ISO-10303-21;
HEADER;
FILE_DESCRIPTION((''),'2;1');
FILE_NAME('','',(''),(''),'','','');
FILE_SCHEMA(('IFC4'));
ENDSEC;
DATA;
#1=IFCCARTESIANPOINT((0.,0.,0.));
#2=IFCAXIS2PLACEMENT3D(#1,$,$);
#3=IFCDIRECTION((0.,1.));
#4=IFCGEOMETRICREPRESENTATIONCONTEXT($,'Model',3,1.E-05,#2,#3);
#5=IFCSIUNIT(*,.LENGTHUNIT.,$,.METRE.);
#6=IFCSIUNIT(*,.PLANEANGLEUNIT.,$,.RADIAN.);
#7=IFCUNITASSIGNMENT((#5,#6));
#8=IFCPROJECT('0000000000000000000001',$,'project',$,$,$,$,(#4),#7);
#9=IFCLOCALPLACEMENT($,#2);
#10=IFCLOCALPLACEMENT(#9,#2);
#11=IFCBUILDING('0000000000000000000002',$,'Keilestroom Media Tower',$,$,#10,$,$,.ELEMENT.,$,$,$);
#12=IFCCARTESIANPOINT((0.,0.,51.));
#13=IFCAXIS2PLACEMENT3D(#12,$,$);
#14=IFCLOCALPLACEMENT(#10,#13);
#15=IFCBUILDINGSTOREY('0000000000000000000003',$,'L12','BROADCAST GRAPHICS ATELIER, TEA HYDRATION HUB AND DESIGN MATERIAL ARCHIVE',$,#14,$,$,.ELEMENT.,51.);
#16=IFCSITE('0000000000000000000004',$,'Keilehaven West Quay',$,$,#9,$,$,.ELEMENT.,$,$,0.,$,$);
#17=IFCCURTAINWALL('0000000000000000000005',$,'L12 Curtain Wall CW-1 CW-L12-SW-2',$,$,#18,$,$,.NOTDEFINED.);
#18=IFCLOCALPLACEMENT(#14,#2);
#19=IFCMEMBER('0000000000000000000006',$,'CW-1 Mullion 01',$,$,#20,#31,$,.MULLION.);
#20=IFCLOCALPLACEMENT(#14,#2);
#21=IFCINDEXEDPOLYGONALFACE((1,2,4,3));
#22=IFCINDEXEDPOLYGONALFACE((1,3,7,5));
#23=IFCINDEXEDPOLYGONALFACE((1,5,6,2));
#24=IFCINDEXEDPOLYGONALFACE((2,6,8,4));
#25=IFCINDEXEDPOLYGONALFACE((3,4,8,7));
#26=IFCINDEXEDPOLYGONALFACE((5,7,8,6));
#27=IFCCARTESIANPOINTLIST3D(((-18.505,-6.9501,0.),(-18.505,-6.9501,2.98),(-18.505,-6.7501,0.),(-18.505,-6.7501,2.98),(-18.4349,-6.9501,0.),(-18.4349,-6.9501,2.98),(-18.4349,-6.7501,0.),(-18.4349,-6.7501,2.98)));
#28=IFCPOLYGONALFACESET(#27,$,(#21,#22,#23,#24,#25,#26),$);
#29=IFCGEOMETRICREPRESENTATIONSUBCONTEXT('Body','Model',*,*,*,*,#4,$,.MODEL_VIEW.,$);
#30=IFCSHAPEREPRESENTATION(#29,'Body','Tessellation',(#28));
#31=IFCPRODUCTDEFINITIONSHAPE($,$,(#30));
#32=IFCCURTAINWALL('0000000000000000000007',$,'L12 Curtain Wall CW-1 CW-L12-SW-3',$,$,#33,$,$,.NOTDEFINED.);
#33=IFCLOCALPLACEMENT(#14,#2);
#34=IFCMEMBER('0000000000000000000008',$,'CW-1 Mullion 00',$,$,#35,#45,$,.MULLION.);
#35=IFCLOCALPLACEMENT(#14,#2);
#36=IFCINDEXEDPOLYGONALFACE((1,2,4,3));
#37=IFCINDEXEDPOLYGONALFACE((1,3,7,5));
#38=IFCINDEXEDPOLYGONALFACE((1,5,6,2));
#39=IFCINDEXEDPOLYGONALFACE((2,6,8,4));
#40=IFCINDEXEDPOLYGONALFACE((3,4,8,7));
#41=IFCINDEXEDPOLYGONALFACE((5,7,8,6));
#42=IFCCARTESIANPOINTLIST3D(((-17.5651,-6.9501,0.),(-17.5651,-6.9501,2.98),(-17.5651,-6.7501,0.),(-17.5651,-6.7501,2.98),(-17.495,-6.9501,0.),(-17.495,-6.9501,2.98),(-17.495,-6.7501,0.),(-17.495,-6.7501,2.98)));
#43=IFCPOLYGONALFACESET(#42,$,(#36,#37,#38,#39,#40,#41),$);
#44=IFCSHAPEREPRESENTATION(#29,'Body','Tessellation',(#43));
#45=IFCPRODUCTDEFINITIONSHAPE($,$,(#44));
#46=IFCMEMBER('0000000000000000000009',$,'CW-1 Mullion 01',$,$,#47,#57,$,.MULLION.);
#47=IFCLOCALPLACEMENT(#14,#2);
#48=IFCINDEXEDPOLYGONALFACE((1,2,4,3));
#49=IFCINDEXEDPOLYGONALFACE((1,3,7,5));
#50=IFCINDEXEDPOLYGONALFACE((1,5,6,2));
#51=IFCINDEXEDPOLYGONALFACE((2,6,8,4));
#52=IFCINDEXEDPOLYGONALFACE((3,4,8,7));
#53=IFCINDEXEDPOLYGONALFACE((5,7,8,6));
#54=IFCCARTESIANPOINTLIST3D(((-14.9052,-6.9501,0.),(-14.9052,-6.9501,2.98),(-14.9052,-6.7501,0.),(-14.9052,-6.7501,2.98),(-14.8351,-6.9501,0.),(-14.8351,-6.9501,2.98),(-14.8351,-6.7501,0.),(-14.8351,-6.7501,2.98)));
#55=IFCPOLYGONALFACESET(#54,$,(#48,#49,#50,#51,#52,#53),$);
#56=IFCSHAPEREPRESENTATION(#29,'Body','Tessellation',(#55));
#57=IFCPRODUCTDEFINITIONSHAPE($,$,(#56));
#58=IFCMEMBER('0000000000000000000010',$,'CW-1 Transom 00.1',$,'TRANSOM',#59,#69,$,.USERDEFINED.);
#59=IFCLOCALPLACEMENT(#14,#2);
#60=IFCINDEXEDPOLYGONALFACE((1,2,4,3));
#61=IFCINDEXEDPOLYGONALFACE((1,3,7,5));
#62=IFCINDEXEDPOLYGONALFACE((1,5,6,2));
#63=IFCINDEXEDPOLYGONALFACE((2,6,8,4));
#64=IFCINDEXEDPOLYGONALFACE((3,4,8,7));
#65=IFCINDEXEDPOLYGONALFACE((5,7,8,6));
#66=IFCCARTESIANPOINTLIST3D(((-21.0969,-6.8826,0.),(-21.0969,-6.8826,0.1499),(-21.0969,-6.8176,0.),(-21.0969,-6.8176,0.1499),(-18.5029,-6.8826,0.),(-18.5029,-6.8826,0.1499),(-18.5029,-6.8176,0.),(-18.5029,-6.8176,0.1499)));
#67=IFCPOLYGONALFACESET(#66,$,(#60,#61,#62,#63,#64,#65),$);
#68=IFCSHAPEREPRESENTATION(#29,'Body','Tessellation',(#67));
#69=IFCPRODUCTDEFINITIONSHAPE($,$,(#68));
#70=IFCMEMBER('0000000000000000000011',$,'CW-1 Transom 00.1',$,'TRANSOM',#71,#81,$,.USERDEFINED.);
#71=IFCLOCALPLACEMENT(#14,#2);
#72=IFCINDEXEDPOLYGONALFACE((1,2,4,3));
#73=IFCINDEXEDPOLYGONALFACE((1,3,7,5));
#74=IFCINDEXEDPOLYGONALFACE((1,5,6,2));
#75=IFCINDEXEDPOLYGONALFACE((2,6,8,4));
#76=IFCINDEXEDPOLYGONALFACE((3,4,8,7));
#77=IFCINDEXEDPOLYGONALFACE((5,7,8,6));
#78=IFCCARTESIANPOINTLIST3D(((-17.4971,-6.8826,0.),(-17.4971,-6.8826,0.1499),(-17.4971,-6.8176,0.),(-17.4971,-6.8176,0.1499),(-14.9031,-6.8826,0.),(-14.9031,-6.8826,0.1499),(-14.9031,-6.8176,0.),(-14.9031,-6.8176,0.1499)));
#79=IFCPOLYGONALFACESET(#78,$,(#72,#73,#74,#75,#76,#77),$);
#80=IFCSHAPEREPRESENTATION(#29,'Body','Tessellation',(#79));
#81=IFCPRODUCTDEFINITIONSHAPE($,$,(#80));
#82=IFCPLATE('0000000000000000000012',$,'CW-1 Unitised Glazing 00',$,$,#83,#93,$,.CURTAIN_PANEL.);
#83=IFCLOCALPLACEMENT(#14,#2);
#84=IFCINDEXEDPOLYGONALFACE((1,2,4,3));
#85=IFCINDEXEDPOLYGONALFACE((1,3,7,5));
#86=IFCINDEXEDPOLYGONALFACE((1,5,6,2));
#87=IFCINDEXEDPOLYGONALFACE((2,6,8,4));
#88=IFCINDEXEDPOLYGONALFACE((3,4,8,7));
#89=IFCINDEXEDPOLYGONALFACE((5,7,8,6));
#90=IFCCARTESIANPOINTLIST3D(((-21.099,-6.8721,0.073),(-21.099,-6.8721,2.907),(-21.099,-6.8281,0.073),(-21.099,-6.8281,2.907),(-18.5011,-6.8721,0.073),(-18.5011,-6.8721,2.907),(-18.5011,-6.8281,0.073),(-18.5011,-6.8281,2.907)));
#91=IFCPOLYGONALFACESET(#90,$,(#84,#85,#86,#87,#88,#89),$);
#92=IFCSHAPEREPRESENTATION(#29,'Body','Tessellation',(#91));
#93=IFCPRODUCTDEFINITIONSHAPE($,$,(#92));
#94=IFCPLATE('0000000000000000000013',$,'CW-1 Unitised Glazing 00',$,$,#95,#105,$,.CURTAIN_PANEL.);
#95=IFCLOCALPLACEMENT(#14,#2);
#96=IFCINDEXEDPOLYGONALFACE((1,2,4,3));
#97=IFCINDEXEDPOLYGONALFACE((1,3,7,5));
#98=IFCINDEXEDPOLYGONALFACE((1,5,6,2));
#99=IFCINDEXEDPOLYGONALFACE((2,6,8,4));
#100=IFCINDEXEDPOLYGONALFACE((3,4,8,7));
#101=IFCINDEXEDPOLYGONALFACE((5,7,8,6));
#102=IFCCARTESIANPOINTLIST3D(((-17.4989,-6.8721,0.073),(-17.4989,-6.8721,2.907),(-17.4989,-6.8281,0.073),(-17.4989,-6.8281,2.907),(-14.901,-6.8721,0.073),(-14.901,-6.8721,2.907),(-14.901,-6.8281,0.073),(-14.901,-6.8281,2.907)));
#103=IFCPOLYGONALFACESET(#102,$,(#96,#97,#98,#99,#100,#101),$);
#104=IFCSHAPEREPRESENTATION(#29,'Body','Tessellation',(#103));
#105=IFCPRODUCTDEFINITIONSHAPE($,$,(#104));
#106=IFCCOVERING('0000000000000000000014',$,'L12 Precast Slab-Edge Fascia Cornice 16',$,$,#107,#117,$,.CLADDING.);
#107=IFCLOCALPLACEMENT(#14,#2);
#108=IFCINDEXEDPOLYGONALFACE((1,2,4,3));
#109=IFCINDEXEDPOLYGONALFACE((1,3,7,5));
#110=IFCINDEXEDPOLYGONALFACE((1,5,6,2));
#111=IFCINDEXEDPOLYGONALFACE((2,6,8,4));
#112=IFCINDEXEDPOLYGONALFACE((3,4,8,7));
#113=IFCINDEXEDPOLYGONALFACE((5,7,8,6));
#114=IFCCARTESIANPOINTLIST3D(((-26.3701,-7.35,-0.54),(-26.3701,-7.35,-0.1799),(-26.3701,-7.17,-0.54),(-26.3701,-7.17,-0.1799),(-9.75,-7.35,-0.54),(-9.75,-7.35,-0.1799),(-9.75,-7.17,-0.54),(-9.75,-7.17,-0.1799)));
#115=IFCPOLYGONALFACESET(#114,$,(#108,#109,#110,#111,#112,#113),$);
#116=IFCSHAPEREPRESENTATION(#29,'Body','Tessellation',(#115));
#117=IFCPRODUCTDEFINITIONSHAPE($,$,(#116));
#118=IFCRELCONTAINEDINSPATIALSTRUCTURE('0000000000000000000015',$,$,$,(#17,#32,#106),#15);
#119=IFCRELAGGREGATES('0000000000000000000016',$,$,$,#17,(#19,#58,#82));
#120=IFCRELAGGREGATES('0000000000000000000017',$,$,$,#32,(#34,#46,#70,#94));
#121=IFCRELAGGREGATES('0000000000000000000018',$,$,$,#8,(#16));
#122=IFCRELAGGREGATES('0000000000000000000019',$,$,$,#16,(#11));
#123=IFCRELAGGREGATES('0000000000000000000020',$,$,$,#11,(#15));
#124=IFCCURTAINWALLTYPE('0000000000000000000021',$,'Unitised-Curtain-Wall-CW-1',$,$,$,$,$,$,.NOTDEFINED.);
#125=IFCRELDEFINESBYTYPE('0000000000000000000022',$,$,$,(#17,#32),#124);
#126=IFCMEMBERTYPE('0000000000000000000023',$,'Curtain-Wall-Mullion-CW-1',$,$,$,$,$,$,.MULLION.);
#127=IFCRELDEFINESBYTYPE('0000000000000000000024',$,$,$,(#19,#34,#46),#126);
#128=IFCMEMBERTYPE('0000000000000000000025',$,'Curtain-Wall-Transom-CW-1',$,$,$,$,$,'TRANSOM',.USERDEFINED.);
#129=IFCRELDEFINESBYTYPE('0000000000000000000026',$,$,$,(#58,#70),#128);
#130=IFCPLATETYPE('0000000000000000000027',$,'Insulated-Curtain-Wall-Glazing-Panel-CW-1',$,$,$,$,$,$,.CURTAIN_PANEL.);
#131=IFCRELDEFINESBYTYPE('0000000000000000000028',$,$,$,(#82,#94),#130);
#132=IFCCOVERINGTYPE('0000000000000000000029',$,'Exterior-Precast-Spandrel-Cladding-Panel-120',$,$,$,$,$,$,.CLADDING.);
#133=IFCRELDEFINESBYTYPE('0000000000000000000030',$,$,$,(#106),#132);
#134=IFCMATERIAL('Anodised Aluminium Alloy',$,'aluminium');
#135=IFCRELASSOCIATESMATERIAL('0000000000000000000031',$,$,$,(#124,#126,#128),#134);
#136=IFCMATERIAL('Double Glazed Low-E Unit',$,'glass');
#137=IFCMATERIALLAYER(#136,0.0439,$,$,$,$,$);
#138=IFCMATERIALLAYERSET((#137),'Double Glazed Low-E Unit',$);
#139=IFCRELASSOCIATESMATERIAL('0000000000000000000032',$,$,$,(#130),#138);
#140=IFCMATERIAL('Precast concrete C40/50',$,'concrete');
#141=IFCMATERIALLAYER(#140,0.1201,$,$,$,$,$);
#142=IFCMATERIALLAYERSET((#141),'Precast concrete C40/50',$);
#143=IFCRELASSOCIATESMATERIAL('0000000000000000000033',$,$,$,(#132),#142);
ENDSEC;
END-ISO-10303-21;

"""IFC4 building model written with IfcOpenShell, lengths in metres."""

from ifc_helpers import new_model, si_unit, direction, frame, origin, origin_2d, place, context, subcontext, project, spatial, rectangle, extrude, source, transform, mapped, material, layer, layer_set, material_profile, profile_set, type_object, element, aggregate, save


model = new_model("IFC4")

# Units and contexts
model_context = context("Model", 3, precision=1e-05, world=origin(), true_north=direction((0.0, 1.0)))
body_context = subcontext(model_context, "Body", "Model", "MODEL_VIEW")
ifc_project = project(units=[si_unit("LENGTHUNIT", "METRE"), si_unit("PLANEANGLEUNIT", "RADIAN")], contexts=[model_context])

# Site, building, storey
site_placement = place(None, origin())
site = spatial("IfcSite", under=ifc_project, at=site_placement, Name="Keilehaven West Quay", CompositionType="ELEMENT", RefElevation=0.0)
building_placement = place(site_placement, origin())
building = spatial("IfcBuilding", under=site, at=building_placement, Name="Keilestroom Media Tower", CompositionType="ELEMENT")
storey_placement = place(building_placement, frame((0.0, 0.0, 51.0)))
storey = spatial("IfcBuildingStorey", under=building, at=storey_placement, Name="L12", Description="BROADCAST GRAPHICS ATELIER, TEA HYDRATION HUB AND DESIGN MATERIAL ARCHIVE", CompositionType="ELEMENT", Elevation=51.0)

# Shared definitions
ifc_material_1 = material(Name="Precast concrete C40/50", Category="concrete")

# Shared definitions
ifc_material_2 = material(Name="Anodised Aluminium Alloy", Category="aluminium")
curtain_wall_type = type_object("IfcCurtainWallType", Name="Unitised-Curtain-Wall-CW-1", PredefinedType="NOTDEFINED", material=ifc_material_2)
ifc_material_profile_1 = material_profile(ifc_material_2, rectangle(XDim=0.0701, YDim=0.2, at=origin_2d()), Name="ALU MULLION 70x200")
ifc_profile_set_1 = profile_set([ifc_material_profile_1], Name="Anodised Aluminium Alloy")
member_type_1 = type_object("IfcMemberType", Name="Curtain-Wall-Mullion-CW-1", PredefinedType="MULLION", material=ifc_profile_set_1)
shared_shape_1 = source(origin(), body_context, "Body", "SweptSolid", [
    extrude(rectangle(XDim=0.0701, YDim=0.2, at=origin_2d()), origin(), (0.0, 0.0, 1.0), 2.98),
])

# Curtain walls, members
curtain_wall_1_placement = place(storey_placement, origin())
curtain_wall_1 = element("IfcCurtainWall", 1, at=curtain_wall_1_placement, inside=storey, type_object=curtain_wall_type, Name="L12 Curtain Wall CW-1 CW-L12-SW-2", PredefinedType="NOTDEFINED")
member_1_placement = place(storey_placement, frame((-18.47, -6.8501, 0.0), z_axis=(0.0, 0.0, 1.0), x_axis=(1.0, 0.0, 0.0)))
member_1 = element("IfcMember", 2, at=member_1_placement, type_object=member_type_1, Name="CW-1 Mullion 01", PredefinedType="MULLION", context=body_context, shape_type="MappedRepresentation", body=[
    mapped(shared_shape_1, transform((0.0, 0.0, 0.0), x_axis=(1.0, 0.0, 0.0), y_axis=(0.0, 1.0, 0.0), z_axis=(0.0, 0.0, 1.0), scale=1.0)),
])
curtain_wall_2_placement = place(storey_placement, origin())
curtain_wall_2 = element("IfcCurtainWall", 3, at=curtain_wall_2_placement, inside=storey, type_object=curtain_wall_type, Name="L12 Curtain Wall CW-1 CW-L12-SW-3", PredefinedType="NOTDEFINED")
member_2_placement = place(storey_placement, frame((-17.53, -6.8501, 0.0), z_axis=(0.0, 0.0, 1.0), x_axis=(1.0, 0.0, 0.0)))
member_2 = element("IfcMember", 4, at=member_2_placement, type_object=member_type_1, Name="CW-1 Mullion 00", PredefinedType="MULLION", context=body_context, shape_type="MappedRepresentation", body=[
    mapped(shared_shape_1, transform((0.0, 0.0, 0.0), x_axis=(1.0, 0.0, 0.0), y_axis=(0.0, 1.0, 0.0), z_axis=(0.0, 0.0, 1.0), scale=1.0)),
])
member_3_placement = place(storey_placement, frame((-14.8701, -6.8501, 0.0), z_axis=(0.0, 0.0, 1.0), x_axis=(1.0, 0.0, 0.0)))
member_3 = element("IfcMember", 5, at=member_3_placement, type_object=member_type_1, Name="CW-1 Mullion 01", PredefinedType="MULLION", context=body_context, shape_type="MappedRepresentation", body=[
    mapped(shared_shape_1, transform((0.0, 0.0, 0.0), x_axis=(1.0, 0.0, 0.0), y_axis=(0.0, 1.0, 0.0), z_axis=(0.0, 0.0, 1.0), scale=1.0)),
])

# Members
ifc_material_profile_2 = material_profile(ifc_material_2, rectangle(XDim=0.0649, YDim=0.1499, at=origin_2d()), Name="ALU TRANSOM 65x150")
ifc_profile_set_2 = profile_set([ifc_material_profile_2], Name="Anodised Aluminium Alloy")
member_type_2 = type_object("IfcMemberType", Name="Curtain-Wall-Transom-CW-1", ElementType="TRANSOM", PredefinedType="USERDEFINED", material=ifc_profile_set_2)
shared_shape_2 = source(origin(), body_context, "Body", "SweptSolid", [
    extrude(rectangle(XDim=0.0649, YDim=0.1499, at=origin_2d()), origin(), (0.0, 0.0, 1.0), 2.594),
])
member_4_placement = place(storey_placement, frame((-21.0969, -6.8501, 0.075), z_axis=(1.0, 0.0, 0.0), x_axis=(0.0, 1.0, 0.0)))
member_4 = element("IfcMember", 6, at=member_4_placement, type_object=member_type_2, Name="CW-1 Transom 00.1", ObjectType="TRANSOM", PredefinedType="USERDEFINED", context=body_context, shape_type="MappedRepresentation", body=[
    mapped(shared_shape_2, transform((0.0, 0.0, 0.0), x_axis=(1.0, 0.0, 0.0), y_axis=(0.0, 1.0, 0.0), z_axis=(0.0, 0.0, 1.0), scale=1.0)),
])
member_5_placement = place(storey_placement, frame((-17.4971, -6.8501, 0.075), z_axis=(1.0, 0.0, 0.0), x_axis=(0.0, 1.0, 0.0)))
member_5 = element("IfcMember", 7, at=member_5_placement, type_object=member_type_2, Name="CW-1 Transom 00.1", ObjectType="TRANSOM", PredefinedType="USERDEFINED", context=body_context, shape_type="MappedRepresentation", body=[
    mapped(shared_shape_2, transform((0.0, 0.0, 0.0), x_axis=(1.0, 0.0, 0.0), y_axis=(0.0, 1.0, 0.0), z_axis=(0.0, 0.0, 1.0), scale=1.0)),
])

# Plates
ifc_material_3 = material(Name="Double Glazed Low-E Unit", Category="glass")
ifc_layer_1 = layer(ifc_material_3, 0.0439)
ifc_layer_set_1 = layer_set([ifc_layer_1], Name="Double Glazed Low-E Unit")
plate_type = type_object("IfcPlateType", Name="Insulated-Curtain-Wall-Glazing-Panel-CW-1", PredefinedType="CURTAIN_PANEL", material=ifc_layer_set_1)
shared_shape_3 = source(origin(), body_context, "Body", "SweptSolid", [
    extrude(rectangle(XDim=2.5979, YDim=0.0439, at=origin_2d()), origin(), (0.0, 0.0, 1.0), 2.834),
])
plate_1_placement = place(storey_placement, frame((-19.8, -6.8501, 0.073), z_axis=(0.0, 0.0, 1.0), x_axis=(1.0, 0.0, 0.0)))
plate_1 = element("IfcPlate", 8, at=plate_1_placement, type_object=plate_type, Name="CW-1 Unitised Glazing 00", PredefinedType="CURTAIN_PANEL", context=body_context, shape_type="MappedRepresentation", body=[
    mapped(shared_shape_3, transform((0.0, 0.0, 0.0), x_axis=(1.0, 0.0, 0.0), y_axis=(0.0, 1.0, 0.0), z_axis=(0.0, 0.0, 1.0), scale=1.0)),
])
aggregate(curtain_wall_1, [member_1, member_4, plate_1])
plate_2_placement = place(storey_placement, frame((-16.2, -6.8501, 0.073), z_axis=(0.0, 0.0, 1.0), x_axis=(1.0, 0.0, 0.0)))
plate_2 = element("IfcPlate", 9, at=plate_2_placement, type_object=plate_type, Name="CW-1 Unitised Glazing 00", PredefinedType="CURTAIN_PANEL", context=body_context, shape_type="MappedRepresentation", body=[
    mapped(shared_shape_3, transform((0.0, 0.0, 0.0), x_axis=(1.0, 0.0, 0.0), y_axis=(0.0, 1.0, 0.0), z_axis=(0.0, 0.0, 1.0), scale=1.0)),
])
aggregate(curtain_wall_2, [member_2, member_3, member_5, plate_2])

# Covering
ifc_layer_2 = layer(ifc_material_1, 0.1201)
ifc_layer_set_2 = layer_set([ifc_layer_2], Name="Precast concrete C40/50")
covering_type = type_object("IfcCoveringType", Name="Exterior-Precast-Spandrel-Cladding-Panel-120", PredefinedType="CLADDING", material=ifc_layer_set_2)
shared_shape_4 = source(origin(), body_context, "Body", "SweptSolid", [
    extrude(rectangle(XDim=16.6201, YDim=0.1799, at=origin_2d()), origin(), (0.0, 0.0, 1.0), 0.3601),
])
covering_placement = place(storey_placement, frame((-18.0601, -7.26, -0.54), z_axis=(0.0, 0.0, 1.0), x_axis=(-1.0, 0.0, 0.0)))
element("IfcCovering", 10, at=covering_placement, inside=storey, type_object=covering_type, Name="L12 Precast Slab-Edge Fascia Cornice 16", PredefinedType="CLADDING", context=body_context, shape_type="MappedRepresentation", body=[
    mapped(shared_shape_4, transform((0.0, 0.0, 0.0), x_axis=(1.0, 0.0, 0.0), y_axis=(0.0, 1.0, 0.0), z_axis=(0.0, 0.0, 1.0), scale=1.0)),
])

save(model, "model.ifc")
